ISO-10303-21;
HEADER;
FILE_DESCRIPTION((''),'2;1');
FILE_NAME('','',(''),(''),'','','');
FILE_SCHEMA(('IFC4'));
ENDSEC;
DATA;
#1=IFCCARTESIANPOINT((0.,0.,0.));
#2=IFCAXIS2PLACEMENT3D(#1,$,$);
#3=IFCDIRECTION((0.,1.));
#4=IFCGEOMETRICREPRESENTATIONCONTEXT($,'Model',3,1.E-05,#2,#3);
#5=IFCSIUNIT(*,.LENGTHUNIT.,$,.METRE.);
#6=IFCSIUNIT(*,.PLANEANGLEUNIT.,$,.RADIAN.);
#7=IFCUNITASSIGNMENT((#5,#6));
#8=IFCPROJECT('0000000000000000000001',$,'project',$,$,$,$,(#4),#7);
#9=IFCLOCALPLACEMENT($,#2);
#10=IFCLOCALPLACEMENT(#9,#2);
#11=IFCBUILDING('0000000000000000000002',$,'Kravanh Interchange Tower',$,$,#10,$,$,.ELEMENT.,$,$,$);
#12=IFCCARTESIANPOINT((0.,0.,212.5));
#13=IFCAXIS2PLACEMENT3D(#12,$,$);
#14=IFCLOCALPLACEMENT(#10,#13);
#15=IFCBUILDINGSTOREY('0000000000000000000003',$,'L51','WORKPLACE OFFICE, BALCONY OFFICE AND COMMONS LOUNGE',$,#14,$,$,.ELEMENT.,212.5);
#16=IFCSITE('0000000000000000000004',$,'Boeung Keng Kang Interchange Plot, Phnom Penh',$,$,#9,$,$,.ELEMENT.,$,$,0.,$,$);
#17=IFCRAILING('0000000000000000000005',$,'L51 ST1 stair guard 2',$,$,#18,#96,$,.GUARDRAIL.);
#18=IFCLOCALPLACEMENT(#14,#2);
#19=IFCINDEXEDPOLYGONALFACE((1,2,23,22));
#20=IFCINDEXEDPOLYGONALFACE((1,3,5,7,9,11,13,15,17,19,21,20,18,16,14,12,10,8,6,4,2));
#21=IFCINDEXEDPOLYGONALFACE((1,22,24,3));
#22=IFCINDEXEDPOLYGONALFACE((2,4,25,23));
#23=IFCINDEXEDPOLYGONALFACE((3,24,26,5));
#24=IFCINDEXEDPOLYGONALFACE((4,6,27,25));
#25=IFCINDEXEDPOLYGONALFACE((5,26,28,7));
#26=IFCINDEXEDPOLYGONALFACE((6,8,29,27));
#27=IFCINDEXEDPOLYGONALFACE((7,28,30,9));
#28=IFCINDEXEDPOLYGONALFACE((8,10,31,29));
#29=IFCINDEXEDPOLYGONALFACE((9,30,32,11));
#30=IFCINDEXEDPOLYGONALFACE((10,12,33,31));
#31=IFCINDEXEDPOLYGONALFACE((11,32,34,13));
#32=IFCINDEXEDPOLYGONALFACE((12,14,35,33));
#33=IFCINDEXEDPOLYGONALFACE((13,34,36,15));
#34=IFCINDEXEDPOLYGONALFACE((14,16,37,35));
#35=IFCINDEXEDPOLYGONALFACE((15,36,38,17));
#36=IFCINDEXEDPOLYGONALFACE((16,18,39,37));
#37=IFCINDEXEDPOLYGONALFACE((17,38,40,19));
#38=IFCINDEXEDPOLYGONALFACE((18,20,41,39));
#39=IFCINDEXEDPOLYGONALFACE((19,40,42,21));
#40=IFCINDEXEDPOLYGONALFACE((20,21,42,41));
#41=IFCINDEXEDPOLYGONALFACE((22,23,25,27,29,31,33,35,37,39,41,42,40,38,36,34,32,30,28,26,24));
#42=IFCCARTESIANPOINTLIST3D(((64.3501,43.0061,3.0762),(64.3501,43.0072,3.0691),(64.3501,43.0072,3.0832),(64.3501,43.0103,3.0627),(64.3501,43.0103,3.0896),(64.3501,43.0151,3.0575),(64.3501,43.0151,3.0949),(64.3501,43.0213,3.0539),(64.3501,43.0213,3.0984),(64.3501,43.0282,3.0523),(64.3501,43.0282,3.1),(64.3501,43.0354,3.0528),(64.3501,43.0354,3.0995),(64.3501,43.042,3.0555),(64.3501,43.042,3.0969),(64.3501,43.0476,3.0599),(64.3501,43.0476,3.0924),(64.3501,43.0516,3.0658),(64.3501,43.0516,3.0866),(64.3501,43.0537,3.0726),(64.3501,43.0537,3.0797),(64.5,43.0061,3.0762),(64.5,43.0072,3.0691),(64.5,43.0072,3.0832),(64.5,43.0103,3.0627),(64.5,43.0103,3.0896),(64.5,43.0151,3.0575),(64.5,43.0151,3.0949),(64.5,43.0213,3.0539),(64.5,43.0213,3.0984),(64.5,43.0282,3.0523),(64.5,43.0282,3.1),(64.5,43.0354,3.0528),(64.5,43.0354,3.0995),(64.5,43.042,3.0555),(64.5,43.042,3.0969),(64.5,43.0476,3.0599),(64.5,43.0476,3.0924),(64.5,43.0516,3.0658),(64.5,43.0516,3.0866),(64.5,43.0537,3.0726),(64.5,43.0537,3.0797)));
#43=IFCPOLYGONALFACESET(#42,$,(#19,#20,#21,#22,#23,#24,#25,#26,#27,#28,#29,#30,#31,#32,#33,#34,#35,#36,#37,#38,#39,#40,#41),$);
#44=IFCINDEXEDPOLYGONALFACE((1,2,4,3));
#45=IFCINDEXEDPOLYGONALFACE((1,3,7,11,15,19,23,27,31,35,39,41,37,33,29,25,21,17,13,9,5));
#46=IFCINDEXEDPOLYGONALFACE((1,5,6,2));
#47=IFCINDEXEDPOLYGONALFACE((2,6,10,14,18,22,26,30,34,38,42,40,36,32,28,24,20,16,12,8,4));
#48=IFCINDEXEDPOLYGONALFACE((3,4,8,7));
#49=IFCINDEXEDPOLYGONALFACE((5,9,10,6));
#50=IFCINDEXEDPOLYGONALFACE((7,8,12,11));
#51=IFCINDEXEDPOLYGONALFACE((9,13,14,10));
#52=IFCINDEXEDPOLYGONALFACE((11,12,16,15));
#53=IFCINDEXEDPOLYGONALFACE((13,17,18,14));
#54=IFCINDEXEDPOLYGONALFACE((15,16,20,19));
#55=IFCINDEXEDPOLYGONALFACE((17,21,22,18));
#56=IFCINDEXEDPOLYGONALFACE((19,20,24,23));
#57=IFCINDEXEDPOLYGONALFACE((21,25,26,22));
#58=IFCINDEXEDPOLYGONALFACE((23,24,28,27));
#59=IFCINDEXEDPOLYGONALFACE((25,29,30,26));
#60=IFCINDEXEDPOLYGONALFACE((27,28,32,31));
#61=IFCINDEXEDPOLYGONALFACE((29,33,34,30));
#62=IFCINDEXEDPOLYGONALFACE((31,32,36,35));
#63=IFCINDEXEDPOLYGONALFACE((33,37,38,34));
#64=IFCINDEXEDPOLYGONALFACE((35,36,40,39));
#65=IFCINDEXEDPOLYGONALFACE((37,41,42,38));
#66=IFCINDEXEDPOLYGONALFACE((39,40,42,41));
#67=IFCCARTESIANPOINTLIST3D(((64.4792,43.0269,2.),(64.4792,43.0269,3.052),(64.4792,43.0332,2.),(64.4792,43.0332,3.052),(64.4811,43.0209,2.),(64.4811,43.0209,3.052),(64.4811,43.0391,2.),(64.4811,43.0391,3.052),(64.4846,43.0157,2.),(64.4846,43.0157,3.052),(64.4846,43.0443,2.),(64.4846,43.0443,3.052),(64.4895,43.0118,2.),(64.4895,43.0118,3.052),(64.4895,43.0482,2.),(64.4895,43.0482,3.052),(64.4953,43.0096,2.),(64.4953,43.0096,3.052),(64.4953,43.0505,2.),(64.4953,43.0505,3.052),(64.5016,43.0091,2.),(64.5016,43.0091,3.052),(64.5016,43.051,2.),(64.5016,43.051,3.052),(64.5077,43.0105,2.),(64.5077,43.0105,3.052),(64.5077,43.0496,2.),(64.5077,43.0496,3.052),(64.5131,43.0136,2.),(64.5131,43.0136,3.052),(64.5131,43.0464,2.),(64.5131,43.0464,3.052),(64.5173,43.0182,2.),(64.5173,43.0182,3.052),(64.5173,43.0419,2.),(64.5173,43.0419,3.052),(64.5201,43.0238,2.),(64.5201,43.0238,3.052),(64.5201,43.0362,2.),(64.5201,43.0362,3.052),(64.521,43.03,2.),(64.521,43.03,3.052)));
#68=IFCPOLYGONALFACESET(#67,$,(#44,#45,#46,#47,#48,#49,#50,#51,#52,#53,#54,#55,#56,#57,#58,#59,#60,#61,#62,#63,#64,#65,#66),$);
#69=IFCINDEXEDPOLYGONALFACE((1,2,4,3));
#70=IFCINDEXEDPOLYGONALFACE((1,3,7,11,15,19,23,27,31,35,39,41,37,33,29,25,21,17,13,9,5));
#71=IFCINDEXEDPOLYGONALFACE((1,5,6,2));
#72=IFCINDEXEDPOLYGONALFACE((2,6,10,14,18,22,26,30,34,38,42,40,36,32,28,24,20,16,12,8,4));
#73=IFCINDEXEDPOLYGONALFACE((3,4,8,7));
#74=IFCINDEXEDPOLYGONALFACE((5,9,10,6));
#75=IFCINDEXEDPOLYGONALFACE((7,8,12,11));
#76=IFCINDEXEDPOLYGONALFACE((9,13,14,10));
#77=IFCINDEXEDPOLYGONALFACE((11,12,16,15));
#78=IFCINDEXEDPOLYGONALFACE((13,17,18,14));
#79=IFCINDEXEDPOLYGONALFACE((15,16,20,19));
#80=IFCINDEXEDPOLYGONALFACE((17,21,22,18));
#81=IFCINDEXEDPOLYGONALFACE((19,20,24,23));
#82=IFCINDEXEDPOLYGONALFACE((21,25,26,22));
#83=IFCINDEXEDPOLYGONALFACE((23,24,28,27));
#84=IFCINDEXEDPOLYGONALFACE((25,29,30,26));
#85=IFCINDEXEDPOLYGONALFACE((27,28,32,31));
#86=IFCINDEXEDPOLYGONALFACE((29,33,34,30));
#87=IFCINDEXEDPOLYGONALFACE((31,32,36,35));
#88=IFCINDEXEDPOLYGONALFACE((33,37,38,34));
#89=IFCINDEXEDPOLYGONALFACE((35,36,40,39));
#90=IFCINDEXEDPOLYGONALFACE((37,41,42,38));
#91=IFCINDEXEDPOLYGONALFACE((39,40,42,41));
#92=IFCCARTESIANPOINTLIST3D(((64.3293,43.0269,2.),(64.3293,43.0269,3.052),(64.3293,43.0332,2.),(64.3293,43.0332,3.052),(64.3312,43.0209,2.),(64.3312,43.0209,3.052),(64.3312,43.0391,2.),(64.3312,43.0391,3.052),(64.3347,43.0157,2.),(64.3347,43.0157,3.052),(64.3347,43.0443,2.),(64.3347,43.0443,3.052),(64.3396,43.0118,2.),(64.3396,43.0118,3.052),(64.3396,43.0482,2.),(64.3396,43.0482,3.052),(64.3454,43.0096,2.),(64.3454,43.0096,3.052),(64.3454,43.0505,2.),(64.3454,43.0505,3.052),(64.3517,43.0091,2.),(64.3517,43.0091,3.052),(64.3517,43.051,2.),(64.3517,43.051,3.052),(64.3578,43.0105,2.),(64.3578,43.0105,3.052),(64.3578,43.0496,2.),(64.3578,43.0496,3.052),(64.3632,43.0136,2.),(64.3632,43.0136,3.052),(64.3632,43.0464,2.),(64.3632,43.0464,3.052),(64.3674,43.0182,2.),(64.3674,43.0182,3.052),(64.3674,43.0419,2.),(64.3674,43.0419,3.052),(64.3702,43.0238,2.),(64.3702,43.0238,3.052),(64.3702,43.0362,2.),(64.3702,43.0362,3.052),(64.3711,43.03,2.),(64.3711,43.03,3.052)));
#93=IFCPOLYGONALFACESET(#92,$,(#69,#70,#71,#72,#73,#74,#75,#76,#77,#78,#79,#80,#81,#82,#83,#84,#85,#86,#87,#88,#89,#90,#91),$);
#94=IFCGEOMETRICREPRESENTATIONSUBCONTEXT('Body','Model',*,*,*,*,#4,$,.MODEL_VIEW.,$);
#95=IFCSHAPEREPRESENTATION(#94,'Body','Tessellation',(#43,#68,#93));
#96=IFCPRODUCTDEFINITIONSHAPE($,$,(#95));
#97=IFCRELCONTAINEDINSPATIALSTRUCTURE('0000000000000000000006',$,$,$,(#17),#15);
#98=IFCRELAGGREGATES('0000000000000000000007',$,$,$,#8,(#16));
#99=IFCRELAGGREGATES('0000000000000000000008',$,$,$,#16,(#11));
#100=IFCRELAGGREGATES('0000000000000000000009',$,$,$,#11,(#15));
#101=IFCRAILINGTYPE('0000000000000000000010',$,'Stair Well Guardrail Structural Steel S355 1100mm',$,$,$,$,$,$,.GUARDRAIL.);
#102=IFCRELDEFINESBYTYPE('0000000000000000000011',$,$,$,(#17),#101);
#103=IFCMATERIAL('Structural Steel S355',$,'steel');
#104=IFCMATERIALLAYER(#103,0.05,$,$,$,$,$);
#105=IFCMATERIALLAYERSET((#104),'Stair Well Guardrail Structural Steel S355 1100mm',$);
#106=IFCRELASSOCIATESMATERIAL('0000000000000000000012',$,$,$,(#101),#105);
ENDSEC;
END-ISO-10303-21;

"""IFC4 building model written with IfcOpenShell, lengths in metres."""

from ifc_helpers import new_model, si_unit, direction, frame, origin, origin_2d, place, context, subcontext, project, spatial, circle, extrude, material, layer, layer_set, type_object, element, save


model = new_model("IFC4")

# Units and contexts
model_context = context("Model", 3, precision=1e-05, world=origin(), true_north=direction((0.0, 1.0)))
body_context = subcontext(model_context, "Body", "Model", "MODEL_VIEW")
ifc_project = project(units=[si_unit("LENGTHUNIT", "METRE"), si_unit("PLANEANGLEUNIT", "RADIAN")], contexts=[model_context])

# Site, building, storey
site_placement = place(None, origin())
site = spatial("IfcSite", under=ifc_project, at=site_placement, Name="Boeung Keng Kang Interchange Plot, Phnom Penh", CompositionType="ELEMENT", RefElevation=0.0)
building_placement = place(site_placement, origin())
building = spatial("IfcBuilding", under=site, at=building_placement, Name="Kravanh Interchange Tower", CompositionType="ELEMENT")
storey_placement = place(building_placement, frame((0.0, 0.0, 212.5)))
storey = spatial("IfcBuildingStorey", under=building, at=storey_placement, Name="L51", Description="WORKPLACE OFFICE, BALCONY OFFICE AND COMMONS LOUNGE", CompositionType="ELEMENT", Elevation=212.5)

# Railing
ifc_material_1 = material(Name="Structural Steel S355", Category="steel")
ifc_layer_1 = layer(ifc_material_1, 0.05)
ifc_layer_set_1 = layer_set([ifc_layer_1], Name="Stair Well Guardrail Structural Steel S355 1100mm")
railing_type_1 = type_object("IfcRailingType", Name="Stair Well Guardrail Structural Steel S355 1100mm", PredefinedType="GUARDRAIL", material=ifc_layer_set_1)
railing_1_placement = place(storey_placement, frame((64.5, 43.03, 2.0)))
element("IfcRailing", 1, at=railing_1_placement, inside=storey, type_object=railing_type_1, Name="L51 ST1 stair guard 2", PredefinedType="GUARDRAIL", context=body_context, shape_type="SweptSolid", body=[
    extrude(circle(Radius=0.0239, at=origin_2d()), frame((0.0, 0.0, 1.0762), z_axis=(-1.0, 0.0, 0.0), x_axis=(0.0, -1.0, 0.0)), (0.0, 0.0, 1.0), 0.1499),
    extrude(circle(Radius=0.021, at=origin_2d()), origin(), (0.0, 0.0, 1.0), 1.052),
    extrude(circle(Radius=0.021, at=origin_2d()), frame((-0.1499, 0.0, 0.0)), (0.0, 0.0, 1.0), 1.052),
])

save(model, "model.ifc")
